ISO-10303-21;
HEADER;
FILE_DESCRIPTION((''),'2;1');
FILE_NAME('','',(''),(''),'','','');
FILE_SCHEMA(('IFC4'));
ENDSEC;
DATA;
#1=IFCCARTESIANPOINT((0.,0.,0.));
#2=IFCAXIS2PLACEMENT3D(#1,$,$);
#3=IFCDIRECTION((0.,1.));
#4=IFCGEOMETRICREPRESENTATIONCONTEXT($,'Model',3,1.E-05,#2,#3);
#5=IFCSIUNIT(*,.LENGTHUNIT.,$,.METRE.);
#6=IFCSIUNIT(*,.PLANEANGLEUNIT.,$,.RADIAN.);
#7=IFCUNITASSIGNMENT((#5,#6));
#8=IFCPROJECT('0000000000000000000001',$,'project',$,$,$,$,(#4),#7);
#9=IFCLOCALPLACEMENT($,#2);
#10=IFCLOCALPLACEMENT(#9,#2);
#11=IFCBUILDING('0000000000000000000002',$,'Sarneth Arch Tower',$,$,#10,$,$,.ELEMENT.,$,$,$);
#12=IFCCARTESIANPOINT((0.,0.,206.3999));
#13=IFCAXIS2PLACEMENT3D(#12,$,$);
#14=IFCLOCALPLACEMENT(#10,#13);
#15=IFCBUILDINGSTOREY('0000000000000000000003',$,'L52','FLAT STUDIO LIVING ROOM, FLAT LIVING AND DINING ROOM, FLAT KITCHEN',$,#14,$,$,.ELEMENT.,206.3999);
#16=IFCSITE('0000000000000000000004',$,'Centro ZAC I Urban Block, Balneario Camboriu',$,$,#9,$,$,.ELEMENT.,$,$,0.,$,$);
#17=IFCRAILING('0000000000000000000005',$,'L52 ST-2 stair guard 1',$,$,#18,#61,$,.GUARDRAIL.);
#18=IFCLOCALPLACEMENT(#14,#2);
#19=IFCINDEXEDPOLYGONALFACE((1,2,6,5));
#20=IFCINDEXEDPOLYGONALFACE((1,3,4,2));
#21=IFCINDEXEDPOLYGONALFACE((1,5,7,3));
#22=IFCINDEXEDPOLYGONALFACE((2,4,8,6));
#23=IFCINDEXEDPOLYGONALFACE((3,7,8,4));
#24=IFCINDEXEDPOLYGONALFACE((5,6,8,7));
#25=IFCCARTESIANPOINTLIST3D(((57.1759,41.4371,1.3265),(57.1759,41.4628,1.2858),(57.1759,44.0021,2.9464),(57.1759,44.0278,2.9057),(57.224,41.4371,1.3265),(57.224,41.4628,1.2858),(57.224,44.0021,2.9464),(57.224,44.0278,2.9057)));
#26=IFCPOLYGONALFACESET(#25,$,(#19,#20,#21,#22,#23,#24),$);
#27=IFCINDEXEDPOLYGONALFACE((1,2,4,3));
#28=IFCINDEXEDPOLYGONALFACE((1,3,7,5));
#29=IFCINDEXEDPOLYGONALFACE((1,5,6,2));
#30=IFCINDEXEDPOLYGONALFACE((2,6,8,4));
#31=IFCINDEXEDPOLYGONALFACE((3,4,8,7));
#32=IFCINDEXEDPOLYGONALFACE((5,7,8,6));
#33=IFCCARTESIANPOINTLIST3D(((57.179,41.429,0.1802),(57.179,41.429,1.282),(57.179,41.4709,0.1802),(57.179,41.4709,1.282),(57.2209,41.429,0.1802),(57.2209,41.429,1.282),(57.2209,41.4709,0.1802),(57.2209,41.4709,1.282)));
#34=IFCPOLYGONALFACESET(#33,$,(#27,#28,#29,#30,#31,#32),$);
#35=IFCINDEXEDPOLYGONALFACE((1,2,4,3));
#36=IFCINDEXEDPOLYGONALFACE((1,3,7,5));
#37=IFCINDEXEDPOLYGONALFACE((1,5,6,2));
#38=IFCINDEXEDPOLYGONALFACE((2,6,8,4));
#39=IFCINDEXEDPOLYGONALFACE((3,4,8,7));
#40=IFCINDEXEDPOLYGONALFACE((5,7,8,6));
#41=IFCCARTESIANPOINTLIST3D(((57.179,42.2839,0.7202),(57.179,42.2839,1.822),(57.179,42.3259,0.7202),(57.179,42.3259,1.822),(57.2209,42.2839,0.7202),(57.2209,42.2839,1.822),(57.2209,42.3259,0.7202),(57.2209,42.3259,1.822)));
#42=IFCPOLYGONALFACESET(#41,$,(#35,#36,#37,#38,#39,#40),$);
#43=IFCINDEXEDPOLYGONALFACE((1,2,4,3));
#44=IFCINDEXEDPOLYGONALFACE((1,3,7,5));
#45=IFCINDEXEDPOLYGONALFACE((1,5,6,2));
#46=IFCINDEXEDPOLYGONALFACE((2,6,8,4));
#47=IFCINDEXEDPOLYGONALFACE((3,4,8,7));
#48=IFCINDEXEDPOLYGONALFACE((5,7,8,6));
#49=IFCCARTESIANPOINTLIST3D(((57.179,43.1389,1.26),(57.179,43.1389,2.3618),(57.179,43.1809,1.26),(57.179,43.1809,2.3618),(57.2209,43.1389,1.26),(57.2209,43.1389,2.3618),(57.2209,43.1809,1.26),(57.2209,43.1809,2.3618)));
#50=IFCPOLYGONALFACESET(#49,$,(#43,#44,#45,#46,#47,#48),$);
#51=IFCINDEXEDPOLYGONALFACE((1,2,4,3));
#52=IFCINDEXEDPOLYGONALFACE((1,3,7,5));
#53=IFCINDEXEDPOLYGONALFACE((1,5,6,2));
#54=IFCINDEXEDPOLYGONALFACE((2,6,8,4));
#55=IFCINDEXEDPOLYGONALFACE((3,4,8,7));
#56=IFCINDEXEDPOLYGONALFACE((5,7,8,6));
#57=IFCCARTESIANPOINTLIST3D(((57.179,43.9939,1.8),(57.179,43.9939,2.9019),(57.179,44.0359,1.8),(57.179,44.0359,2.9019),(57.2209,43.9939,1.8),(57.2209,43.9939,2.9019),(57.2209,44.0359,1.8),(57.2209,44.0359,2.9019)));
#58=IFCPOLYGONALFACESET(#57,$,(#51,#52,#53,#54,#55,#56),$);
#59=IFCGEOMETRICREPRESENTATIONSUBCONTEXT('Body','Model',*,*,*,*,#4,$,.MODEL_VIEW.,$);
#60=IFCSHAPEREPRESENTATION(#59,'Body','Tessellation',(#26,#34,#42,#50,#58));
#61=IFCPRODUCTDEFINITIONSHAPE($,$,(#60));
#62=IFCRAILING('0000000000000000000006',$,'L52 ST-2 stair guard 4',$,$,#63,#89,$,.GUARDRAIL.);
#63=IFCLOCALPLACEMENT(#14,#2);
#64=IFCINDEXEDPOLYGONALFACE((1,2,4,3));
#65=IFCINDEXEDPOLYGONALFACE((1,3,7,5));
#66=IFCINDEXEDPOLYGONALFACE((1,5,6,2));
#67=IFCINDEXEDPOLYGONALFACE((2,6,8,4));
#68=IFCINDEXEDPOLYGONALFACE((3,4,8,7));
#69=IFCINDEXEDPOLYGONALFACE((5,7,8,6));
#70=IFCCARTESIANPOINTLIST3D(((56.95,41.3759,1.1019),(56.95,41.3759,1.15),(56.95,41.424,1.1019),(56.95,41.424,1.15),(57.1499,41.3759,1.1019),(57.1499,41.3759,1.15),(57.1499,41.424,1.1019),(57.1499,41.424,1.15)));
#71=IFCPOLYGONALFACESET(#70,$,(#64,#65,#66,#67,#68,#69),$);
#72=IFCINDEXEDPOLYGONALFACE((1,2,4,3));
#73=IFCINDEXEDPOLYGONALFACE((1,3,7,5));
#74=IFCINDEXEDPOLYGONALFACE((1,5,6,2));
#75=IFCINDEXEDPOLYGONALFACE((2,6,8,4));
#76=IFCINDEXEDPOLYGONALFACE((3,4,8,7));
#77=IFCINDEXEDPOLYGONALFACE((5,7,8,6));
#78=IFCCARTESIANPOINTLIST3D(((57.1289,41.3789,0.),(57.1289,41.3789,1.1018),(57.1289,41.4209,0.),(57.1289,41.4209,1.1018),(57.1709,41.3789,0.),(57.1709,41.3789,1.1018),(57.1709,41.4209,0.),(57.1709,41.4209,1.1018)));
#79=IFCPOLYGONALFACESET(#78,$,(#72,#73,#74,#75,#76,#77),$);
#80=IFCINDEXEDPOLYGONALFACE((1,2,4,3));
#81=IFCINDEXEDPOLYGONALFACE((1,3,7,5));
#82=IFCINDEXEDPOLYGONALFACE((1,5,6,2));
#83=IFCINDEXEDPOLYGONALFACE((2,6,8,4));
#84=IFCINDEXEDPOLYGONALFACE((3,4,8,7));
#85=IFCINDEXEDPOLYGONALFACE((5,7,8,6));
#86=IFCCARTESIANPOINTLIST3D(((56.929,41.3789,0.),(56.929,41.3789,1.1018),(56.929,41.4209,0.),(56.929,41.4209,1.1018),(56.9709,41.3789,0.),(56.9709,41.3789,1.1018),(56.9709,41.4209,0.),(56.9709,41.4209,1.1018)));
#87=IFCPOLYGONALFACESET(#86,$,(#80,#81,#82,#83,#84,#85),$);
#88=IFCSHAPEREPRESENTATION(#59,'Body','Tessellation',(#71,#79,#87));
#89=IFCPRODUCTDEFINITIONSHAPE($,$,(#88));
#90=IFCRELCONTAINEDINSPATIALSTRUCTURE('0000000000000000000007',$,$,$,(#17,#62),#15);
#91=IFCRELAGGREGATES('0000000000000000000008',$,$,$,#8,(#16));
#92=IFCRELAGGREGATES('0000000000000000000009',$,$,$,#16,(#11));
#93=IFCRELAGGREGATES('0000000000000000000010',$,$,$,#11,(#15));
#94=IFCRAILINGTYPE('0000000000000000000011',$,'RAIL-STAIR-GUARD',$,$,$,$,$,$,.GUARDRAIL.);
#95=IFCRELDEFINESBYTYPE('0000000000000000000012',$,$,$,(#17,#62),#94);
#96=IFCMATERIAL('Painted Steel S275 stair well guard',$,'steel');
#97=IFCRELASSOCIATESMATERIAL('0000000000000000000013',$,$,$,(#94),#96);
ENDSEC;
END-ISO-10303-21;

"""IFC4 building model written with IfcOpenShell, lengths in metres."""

from ifc_helpers import new_model, si_unit, direction, frame, origin, origin_2d, place, context, subcontext, project, spatial, rectangle, extrude, material, type_object, element, save


model = new_model("IFC4")

# Units and contexts
model_context = context("Model", 3, precision=1e-05, world=origin(), true_north=direction((0.0, 1.0)))
body_context = subcontext(model_context, "Body", "Model", "MODEL_VIEW")
ifc_project = project(units=[si_unit("LENGTHUNIT", "METRE"), si_unit("PLANEANGLEUNIT", "RADIAN")], contexts=[model_context])

# Site, building, storey
site_placement = place(None, origin())
site = spatial("IfcSite", under=ifc_project, at=site_placement, Name="Centro ZAC I Urban Block, Balneario Camboriu", CompositionType="ELEMENT", RefElevation=0.0)
building_placement = place(site_placement, origin())
building = spatial("IfcBuilding", under=site, at=building_placement, Name="Sarneth Arch Tower", CompositionType="ELEMENT")
storey_placement = place(building_placement, frame((0.0, 0.0, 206.3999)))
storey = spatial("IfcBuildingStorey", under=building, at=storey_placement, Name="L52", Description="FLAT STUDIO LIVING ROOM, FLAT LIVING AND DINING ROOM, FLAT KITCHEN", CompositionType="ELEMENT", Elevation=206.3999)

# Railings
ifc_material_1 = material(Name="Painted Steel S275 stair well guard", Category="steel")
railing_type = type_object("IfcRailingType", Name="RAIL-STAIR-GUARD", PredefinedType="GUARDRAIL", material=ifc_material_1)
railing_1_placement = place(storey_placement, frame((57.2, 41.45, 0.1802)))
element("IfcRailing", 1, at=railing_1_placement, inside=storey, type_object=railing_type, Name="L52 ST-2 stair guard 1", PredefinedType="GUARDRAIL", context=body_context, shape_type="SweptSolid", body=[
    extrude(rectangle(XDim=0.0481, YDim=0.0481, at=origin_2d()), frame((0.0, 0.0, 1.126), z_axis=(0.0, 0.845502, 0.533972), x_axis=(-1.0, 0.0, 0.0)), (0.0, 0.0, 1.0), 3.0337),
    extrude(rectangle(XDim=0.042, YDim=0.042, at=origin_2d()), origin(), (0.0, 0.0, 1.0), 1.1018),
    extrude(rectangle(XDim=0.042, YDim=0.042, at=origin_2d()), frame((0.0, 0.855, 0.54)), (0.0, 0.0, 1.0), 1.1018),
    extrude(rectangle(XDim=0.042, YDim=0.042, at=origin_2d()), frame((0.0, 1.71, 1.0798)), (0.0, 0.0, 1.0), 1.1018),
    extrude(rectangle(XDim=0.042, YDim=0.042, at=origin_2d()), frame((0.0, 2.5649, 1.6199)), (0.0, 0.0, 1.0), 1.1018),
])
railing_2_placement = place(storey_placement, frame((57.1499, 41.3999, 0.0)))
element("IfcRailing", 2, at=railing_2_placement, inside=storey, type_object=railing_type, Name="L52 ST-2 stair guard 4", PredefinedType="GUARDRAIL", context=body_context, shape_type="SweptSolid", body=[
    extrude(rectangle(XDim=0.0481, YDim=0.0481, at=origin_2d()), frame((0.0, 0.0, 1.126), z_axis=(-1.0, 0.0, 0.0), x_axis=(0.0, -1.0, 0.0)), (0.0, 0.0, 1.0), 0.2),
    extrude(rectangle(XDim=0.042, YDim=0.042, at=origin_2d()), origin(), (0.0, 0.0, 1.0), 1.1018),
    extrude(rectangle(XDim=0.042, YDim=0.042, at=origin_2d()), frame((-0.2, 0.0, 0.0)), (0.0, 0.0, 1.0), 1.1018),
])

save(model, "model.ifc")
